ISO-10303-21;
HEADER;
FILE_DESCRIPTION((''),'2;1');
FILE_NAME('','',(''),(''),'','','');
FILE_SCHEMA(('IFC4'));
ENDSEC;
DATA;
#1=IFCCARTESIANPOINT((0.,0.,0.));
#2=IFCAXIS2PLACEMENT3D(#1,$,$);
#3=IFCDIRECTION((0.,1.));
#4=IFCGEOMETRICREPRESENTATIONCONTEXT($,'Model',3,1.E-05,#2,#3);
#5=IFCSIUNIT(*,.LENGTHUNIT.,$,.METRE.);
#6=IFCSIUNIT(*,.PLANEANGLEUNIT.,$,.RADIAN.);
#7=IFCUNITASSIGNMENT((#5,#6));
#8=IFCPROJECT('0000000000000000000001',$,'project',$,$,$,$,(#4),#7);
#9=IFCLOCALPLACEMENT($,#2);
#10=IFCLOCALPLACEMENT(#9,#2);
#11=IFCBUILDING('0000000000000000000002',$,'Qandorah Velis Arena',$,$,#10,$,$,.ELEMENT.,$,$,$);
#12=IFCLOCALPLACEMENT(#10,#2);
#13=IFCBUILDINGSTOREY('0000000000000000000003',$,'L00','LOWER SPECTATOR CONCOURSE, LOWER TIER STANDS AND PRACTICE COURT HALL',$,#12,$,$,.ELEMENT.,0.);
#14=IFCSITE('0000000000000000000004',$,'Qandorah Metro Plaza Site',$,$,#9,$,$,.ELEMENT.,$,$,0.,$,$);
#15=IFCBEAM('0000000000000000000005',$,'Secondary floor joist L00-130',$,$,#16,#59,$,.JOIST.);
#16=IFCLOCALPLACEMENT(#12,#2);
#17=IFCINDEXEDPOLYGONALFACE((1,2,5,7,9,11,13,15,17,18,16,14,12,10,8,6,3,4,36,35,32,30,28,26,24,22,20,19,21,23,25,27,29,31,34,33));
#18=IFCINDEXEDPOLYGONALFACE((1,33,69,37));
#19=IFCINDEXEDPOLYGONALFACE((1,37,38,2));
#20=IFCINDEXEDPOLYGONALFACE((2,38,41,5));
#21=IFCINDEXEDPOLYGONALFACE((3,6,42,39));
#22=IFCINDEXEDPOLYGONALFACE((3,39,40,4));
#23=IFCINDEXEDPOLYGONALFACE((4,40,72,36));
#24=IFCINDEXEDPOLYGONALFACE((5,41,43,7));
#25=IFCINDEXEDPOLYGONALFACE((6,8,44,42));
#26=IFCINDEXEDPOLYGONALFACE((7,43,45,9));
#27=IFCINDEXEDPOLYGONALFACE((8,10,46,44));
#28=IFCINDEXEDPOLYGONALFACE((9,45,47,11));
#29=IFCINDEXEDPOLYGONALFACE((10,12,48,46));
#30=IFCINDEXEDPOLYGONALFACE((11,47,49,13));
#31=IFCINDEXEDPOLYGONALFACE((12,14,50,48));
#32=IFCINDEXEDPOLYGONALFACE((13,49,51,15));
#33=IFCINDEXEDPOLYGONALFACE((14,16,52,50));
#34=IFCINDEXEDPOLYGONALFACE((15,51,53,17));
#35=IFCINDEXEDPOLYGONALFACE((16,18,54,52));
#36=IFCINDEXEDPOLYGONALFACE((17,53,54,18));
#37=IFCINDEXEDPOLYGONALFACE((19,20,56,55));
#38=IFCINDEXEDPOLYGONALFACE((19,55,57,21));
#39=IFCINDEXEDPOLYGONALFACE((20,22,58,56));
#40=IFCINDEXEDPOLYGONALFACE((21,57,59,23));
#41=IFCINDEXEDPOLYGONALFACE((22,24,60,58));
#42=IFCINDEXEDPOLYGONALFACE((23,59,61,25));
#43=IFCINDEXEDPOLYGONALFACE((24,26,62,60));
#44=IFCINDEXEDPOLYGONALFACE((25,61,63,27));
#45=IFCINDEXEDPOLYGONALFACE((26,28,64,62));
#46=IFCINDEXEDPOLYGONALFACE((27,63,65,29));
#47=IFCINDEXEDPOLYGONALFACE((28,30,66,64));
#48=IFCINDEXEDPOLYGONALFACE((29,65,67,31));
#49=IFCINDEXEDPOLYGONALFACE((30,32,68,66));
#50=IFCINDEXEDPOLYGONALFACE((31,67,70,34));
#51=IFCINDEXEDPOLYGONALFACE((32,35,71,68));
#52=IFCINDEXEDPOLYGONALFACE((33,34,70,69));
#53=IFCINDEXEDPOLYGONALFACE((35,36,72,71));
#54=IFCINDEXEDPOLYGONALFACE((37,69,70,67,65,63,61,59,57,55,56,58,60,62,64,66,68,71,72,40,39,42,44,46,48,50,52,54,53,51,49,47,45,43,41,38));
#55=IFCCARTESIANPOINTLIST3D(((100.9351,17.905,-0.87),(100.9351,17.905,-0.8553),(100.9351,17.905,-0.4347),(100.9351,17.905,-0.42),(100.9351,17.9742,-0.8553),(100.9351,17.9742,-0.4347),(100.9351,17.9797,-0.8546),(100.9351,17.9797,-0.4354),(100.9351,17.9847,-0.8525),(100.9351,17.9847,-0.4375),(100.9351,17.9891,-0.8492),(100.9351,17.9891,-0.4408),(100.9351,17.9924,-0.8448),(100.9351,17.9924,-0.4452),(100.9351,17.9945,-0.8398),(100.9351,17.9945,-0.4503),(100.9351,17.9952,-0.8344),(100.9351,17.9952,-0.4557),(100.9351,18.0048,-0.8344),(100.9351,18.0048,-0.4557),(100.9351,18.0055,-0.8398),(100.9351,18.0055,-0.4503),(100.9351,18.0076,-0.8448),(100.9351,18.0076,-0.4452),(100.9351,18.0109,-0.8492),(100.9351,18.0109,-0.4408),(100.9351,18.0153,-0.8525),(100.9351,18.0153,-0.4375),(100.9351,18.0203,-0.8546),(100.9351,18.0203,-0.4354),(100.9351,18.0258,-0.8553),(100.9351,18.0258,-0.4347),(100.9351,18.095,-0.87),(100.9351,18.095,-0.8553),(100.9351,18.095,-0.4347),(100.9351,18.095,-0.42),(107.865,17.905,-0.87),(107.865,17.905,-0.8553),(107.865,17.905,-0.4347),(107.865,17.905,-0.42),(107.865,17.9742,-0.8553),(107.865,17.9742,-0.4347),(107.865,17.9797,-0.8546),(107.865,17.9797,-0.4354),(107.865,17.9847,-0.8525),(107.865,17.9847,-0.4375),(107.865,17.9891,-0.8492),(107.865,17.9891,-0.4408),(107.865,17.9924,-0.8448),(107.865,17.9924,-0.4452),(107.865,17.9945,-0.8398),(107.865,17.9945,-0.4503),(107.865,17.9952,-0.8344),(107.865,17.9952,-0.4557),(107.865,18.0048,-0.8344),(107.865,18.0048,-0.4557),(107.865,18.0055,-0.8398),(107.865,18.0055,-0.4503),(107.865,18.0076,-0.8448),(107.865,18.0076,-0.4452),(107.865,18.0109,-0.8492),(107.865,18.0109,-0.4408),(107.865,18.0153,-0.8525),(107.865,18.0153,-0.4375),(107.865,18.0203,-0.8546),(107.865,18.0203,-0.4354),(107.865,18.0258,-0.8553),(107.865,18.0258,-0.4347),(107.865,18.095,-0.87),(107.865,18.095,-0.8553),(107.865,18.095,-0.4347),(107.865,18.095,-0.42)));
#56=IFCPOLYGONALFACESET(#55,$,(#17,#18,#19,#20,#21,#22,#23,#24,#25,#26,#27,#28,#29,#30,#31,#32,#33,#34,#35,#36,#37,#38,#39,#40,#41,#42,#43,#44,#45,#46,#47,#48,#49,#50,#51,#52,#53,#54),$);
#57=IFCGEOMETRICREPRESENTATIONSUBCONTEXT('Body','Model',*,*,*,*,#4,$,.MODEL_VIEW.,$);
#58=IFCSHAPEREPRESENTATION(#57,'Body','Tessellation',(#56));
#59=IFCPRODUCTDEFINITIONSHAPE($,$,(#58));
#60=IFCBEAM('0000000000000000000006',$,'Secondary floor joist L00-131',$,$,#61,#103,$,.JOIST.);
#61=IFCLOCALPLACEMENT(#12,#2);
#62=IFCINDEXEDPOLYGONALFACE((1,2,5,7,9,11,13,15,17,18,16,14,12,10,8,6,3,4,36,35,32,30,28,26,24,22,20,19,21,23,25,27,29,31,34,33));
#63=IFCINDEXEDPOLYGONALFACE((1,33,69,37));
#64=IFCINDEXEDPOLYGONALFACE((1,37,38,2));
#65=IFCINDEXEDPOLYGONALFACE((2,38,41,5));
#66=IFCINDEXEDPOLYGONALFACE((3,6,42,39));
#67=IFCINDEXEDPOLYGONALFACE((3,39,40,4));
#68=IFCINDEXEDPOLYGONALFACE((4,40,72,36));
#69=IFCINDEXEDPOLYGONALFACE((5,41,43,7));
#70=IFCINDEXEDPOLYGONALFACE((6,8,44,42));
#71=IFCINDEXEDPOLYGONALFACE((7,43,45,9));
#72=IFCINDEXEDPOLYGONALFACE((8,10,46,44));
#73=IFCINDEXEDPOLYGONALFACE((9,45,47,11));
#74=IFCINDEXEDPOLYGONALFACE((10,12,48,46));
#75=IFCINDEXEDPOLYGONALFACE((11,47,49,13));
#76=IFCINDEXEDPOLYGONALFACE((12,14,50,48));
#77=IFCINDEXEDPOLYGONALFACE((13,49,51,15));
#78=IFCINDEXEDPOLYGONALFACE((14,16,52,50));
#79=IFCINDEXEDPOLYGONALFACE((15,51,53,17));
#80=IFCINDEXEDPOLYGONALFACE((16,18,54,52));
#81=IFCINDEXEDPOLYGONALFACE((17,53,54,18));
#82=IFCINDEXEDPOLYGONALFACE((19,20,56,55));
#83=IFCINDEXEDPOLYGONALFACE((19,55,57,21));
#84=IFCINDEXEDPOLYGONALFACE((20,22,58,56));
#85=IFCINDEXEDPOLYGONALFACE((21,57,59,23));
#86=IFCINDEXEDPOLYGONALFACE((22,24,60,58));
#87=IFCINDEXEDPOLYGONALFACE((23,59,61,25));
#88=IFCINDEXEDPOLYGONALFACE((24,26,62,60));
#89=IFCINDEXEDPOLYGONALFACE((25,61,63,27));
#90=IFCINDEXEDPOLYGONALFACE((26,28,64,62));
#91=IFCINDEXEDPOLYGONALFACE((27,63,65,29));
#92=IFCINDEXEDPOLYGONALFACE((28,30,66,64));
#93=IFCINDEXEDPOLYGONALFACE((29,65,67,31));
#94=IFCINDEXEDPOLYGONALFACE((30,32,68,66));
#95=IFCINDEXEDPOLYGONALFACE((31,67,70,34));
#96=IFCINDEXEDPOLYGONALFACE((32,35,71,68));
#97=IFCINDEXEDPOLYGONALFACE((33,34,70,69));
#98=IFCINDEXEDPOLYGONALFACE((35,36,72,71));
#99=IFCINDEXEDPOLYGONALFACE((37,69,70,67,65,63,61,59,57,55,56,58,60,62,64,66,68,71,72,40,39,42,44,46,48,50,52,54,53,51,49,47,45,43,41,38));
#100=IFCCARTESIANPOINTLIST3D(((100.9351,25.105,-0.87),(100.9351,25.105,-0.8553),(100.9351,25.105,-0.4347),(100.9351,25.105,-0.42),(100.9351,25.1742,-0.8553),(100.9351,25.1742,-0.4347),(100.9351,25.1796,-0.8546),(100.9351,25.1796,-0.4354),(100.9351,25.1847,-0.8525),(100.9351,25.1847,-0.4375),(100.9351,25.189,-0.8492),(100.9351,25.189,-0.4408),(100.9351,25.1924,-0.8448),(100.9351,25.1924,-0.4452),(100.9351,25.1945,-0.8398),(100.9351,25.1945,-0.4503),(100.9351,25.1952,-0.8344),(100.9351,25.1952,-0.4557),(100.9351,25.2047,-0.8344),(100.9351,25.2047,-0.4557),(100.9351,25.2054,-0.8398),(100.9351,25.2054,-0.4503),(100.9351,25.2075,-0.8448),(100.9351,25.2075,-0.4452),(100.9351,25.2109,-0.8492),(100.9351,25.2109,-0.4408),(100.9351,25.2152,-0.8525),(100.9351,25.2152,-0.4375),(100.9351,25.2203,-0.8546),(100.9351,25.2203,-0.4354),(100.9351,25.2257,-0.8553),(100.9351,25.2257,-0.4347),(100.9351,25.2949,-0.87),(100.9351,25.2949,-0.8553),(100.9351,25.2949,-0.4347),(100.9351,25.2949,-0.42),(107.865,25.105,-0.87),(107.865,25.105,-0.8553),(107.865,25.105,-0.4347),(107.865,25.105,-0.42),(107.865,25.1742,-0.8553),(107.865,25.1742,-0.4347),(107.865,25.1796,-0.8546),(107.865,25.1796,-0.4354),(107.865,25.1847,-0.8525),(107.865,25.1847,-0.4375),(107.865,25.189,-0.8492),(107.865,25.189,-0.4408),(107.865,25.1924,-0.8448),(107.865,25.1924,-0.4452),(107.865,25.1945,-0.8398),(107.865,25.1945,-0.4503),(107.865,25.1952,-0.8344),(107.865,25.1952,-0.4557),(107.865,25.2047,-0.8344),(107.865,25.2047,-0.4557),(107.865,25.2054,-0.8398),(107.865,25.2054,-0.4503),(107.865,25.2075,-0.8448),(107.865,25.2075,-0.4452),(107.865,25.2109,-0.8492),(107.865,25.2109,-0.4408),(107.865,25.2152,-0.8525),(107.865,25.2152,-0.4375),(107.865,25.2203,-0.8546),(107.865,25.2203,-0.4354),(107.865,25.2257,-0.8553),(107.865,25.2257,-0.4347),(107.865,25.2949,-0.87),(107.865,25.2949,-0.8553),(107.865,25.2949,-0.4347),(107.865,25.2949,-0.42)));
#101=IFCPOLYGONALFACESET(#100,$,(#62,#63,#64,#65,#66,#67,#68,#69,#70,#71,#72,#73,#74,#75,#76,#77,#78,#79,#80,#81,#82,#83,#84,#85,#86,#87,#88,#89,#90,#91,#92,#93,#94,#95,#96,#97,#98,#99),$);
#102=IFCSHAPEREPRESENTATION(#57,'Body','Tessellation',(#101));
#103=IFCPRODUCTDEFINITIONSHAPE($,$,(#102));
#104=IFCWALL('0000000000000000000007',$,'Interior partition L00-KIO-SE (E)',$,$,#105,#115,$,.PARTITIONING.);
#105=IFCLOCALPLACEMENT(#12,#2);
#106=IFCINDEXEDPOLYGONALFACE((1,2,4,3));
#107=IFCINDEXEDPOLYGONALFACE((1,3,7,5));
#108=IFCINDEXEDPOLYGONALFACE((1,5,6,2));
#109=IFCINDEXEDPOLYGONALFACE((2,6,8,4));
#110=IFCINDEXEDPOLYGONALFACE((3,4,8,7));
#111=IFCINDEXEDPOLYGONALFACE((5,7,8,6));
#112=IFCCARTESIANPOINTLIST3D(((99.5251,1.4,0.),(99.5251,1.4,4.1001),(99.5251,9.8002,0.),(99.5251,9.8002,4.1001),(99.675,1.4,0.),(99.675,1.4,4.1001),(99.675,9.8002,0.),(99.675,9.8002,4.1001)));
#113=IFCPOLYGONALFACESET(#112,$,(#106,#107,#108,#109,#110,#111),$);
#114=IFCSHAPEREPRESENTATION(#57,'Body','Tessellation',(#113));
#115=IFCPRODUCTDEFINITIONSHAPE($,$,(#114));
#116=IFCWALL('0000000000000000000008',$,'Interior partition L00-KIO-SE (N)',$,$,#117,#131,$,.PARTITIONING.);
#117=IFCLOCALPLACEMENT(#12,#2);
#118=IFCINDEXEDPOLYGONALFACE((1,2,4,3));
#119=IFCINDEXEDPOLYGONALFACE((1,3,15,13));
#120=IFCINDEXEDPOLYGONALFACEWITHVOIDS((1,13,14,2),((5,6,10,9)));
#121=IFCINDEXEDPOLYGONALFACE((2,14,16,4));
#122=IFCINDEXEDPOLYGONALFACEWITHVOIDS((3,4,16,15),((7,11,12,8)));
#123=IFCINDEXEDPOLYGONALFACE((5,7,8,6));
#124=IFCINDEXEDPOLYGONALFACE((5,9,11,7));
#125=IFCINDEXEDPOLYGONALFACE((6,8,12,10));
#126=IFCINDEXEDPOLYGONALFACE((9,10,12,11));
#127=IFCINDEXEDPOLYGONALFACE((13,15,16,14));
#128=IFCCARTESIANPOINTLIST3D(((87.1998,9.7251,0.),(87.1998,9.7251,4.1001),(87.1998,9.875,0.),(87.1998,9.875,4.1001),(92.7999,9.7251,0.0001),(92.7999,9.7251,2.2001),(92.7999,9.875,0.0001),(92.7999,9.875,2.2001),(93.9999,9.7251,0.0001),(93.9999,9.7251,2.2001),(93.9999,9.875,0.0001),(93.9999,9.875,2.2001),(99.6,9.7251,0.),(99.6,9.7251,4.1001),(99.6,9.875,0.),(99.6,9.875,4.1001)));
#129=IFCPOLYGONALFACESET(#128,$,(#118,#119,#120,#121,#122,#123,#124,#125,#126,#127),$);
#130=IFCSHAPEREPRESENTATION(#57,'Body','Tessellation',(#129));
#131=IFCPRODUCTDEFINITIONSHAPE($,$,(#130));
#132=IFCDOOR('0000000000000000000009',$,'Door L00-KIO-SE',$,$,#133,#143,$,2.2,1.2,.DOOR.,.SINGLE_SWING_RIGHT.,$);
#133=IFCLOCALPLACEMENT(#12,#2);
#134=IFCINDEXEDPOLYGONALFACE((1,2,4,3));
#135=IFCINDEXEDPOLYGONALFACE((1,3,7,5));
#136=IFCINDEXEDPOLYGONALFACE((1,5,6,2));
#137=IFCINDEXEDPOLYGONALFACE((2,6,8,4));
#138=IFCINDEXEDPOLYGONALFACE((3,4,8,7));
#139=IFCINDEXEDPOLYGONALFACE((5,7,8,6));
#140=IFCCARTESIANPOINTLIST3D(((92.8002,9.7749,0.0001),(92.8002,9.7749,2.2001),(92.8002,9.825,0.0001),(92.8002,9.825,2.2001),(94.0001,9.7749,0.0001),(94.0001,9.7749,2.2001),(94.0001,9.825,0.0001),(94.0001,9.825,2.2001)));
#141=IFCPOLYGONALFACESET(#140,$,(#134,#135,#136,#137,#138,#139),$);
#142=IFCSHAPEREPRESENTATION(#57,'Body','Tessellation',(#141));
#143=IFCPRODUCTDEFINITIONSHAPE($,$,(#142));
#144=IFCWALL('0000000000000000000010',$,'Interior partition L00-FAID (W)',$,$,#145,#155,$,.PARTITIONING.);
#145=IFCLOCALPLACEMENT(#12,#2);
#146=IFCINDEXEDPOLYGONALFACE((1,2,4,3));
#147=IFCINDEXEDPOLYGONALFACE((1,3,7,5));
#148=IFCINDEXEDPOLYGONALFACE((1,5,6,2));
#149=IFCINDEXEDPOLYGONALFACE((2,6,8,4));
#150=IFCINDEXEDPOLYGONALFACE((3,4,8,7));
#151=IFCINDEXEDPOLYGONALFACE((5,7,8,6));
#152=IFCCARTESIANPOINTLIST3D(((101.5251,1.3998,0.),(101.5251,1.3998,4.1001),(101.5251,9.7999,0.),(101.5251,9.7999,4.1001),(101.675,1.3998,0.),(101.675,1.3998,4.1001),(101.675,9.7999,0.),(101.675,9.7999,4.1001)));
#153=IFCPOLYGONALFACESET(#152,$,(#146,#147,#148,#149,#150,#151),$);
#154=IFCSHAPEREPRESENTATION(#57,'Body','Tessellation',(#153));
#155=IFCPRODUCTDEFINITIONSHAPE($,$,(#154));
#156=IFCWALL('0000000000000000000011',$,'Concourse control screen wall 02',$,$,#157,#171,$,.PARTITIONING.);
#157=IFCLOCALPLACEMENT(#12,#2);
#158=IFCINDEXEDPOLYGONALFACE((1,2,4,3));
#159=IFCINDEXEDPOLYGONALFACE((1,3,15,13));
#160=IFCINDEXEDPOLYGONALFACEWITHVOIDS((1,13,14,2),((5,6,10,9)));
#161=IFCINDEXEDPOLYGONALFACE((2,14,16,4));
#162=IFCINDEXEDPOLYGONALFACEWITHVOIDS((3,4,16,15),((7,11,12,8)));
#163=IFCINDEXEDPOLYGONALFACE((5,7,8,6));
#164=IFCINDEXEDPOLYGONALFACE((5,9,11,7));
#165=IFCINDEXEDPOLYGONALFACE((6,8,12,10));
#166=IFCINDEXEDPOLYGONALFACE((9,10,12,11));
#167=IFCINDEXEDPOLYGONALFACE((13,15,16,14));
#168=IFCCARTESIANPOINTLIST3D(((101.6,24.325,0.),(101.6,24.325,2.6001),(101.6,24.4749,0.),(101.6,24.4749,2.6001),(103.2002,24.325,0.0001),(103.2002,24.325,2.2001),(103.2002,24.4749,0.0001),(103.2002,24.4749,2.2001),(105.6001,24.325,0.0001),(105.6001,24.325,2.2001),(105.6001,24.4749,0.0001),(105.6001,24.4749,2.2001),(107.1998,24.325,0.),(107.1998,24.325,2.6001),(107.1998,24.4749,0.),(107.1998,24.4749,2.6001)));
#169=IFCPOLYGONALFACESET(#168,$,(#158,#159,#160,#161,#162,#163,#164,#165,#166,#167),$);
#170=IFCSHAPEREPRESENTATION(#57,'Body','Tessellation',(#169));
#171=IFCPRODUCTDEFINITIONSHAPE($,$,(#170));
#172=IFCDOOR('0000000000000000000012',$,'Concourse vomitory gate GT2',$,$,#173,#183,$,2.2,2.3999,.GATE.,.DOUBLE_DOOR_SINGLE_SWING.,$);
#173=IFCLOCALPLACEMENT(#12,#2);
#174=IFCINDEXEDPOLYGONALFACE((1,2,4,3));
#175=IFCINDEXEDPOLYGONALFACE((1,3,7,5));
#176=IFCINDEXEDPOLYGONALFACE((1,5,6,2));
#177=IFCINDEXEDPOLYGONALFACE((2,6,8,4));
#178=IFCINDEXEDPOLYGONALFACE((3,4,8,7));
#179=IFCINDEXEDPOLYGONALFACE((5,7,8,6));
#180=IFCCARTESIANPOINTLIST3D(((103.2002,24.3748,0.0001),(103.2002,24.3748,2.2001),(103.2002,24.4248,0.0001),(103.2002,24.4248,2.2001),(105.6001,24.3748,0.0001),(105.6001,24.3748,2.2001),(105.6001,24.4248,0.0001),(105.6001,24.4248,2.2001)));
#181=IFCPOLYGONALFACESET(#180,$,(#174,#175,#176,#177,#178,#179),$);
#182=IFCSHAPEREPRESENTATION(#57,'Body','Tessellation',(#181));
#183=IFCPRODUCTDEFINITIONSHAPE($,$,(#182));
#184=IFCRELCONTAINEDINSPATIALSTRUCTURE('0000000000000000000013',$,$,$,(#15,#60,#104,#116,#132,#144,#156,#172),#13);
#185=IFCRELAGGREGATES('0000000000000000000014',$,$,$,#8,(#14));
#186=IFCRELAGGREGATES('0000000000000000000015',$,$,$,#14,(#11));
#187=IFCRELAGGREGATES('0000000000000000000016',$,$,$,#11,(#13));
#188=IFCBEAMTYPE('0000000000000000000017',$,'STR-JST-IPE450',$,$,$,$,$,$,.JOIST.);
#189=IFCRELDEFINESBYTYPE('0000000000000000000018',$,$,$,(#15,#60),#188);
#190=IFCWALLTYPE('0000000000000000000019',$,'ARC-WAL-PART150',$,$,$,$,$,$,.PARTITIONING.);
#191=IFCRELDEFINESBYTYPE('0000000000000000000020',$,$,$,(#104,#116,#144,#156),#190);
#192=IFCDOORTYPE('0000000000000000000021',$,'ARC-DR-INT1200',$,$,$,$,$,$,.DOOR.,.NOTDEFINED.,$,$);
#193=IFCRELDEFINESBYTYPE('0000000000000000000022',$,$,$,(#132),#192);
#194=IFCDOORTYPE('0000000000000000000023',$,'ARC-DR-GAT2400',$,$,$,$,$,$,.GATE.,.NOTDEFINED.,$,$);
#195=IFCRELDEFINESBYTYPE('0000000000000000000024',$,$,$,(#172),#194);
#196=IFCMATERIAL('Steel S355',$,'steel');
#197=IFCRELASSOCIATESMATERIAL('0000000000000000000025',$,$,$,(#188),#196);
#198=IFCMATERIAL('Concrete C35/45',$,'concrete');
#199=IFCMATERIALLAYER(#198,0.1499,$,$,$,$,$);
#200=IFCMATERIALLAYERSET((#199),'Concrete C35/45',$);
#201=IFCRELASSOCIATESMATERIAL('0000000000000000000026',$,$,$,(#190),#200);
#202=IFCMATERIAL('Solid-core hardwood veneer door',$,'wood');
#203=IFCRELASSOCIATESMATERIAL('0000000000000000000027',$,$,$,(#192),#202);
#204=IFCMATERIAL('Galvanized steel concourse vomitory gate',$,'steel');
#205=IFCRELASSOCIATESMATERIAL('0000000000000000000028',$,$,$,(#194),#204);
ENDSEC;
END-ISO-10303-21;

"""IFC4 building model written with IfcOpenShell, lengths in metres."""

from ifc_helpers import new_model, si_unit, direction, frame, frame_2d, origin, origin_2d, place, context, subcontext, project, spatial, rectangle, i_section, extrude, material, layer, layer_set, material_profile, profile_set, type_object, element, fill, save


model = new_model("IFC4")

# Units and contexts
model_context = context("Model", 3, precision=1e-05, world=origin(), true_north=direction((0.0, 1.0)))
body_context = subcontext(model_context, "Body", "Model", "MODEL_VIEW")
ifc_project = project(units=[si_unit("LENGTHUNIT", "METRE"), si_unit("PLANEANGLEUNIT", "RADIAN")], contexts=[model_context])

# Site, building, storey
site_placement = place(None, origin())
site = spatial("IfcSite", under=ifc_project, at=site_placement, Name="Qandorah Metro Plaza Site", CompositionType="ELEMENT", RefElevation=0.0)
building_placement = place(site_placement, origin())
building = spatial("IfcBuilding", under=site, at=building_placement, Name="Qandorah Velis Arena", CompositionType="ELEMENT")
storey_placement = place(building_placement, origin())
storey = spatial("IfcBuildingStorey", under=building, at=storey_placement, Name="L00", Description="LOWER SPECTATOR CONCOURSE, LOWER TIER STANDS AND PRACTICE COURT HALL", CompositionType="ELEMENT", Elevation=0.0)

# Beams
ifc_material_1 = material(Name="Steel S355", Category="steel")
ifc_material_profile_1 = material_profile(ifc_material_1, i_section(OverallWidth=0.1899, OverallDepth=0.45, WebThickness=0.0095, FlangeThickness=0.0146, FilletRadius=0.021, at=origin_2d()), Name="IPE 450")
ifc_profile_set_1 = profile_set([ifc_material_profile_1], Name="Steel S355")
beam_type_1 = type_object("IfcBeamType", Name="STR-JST-IPE450", PredefinedType="JOIST", material=ifc_profile_set_1)
for number, where, z_axis, x_axis, name in (
    (1, (100.9351, 18.0, -0.645), (1.0, 0.0, 0.0), (0.0, 1.0, 0.0), "Secondary floor joist L00-130"),
    (2, (100.9351, 25.2, -0.645), (1.0, 0.0, 0.0), (0.0, 1.0, 0.0), "Secondary floor joist L00-131"),
):
    element("IfcBeam", number, at=place(storey_placement, frame(where, z_axis=z_axis, x_axis=x_axis)), inside=storey, type_object=beam_type_1, Name=name, PredefinedType="JOIST", context=body_context, shape_type="SweptSolid", body=[
        extrude(i_section(OverallWidth=0.1899, OverallDepth=0.45, WebThickness=0.0095, FlangeThickness=0.0146, FilletRadius=0.021, at=origin_2d()), origin(), (0.0, 0.0, 1.0), 6.9299),
    ])

# Wall
ifc_material_2 = material(Name="Concrete C35/45", Category="concrete")
ifc_layer = layer(ifc_material_2, 0.1499)
ifc_layer_set = layer_set([ifc_layer], Name="Concrete C35/45")
wall_type = type_object("IfcWallType", Name="ARC-WAL-PART150", PredefinedType="PARTITIONING", material=ifc_layer_set)
wall_1_placement = place(storey_placement, frame((99.6001, 1.3999, 0.0), z_axis=(0.0, 0.0, 1.0), x_axis=(0.0, 1.0, 0.0)))
element("IfcWall", 3, at=wall_1_placement, inside=storey, type_object=wall_type, Name="Interior partition L00-KIO-SE (E)", PredefinedType="PARTITIONING", context=body_context, shape_type="SweptSolid", body=[
    extrude(rectangle(XDim=8.4001, YDim=0.1499, at=frame_2d((4.2002, 0.0))), origin(), (0.0, 0.0, 1.0), 4.1001),
])

# Wall, opening, door
wall_2_placement = place(storey_placement, frame((99.6001, 9.8, 0.0), z_axis=(0.0, 0.0, 1.0), x_axis=(-1.0, 0.0, 0.0)))
wall_2 = element("IfcWall", 4, at=wall_2_placement, inside=storey, type_object=wall_type, Name="Interior partition L00-KIO-SE (N)", PredefinedType="PARTITIONING", context=body_context, shape_type="SweptSolid", body=[
    extrude(rectangle(XDim=12.4001, YDim=0.1499, at=frame_2d((6.2002, 0.0))), origin(), (0.0, 0.0, 1.0), 4.1001),
])
opening_1_placement = place(wall_2_placement, frame((5.6001, 0.0, 0.0)))
opening_1 = element("IfcOpeningElement", 5, at=opening_1_placement, cuts=wall_2, PredefinedType="OPENING", context=body_context, shape_type="SweptSolid", body=[
    extrude(rectangle(XDim=1.2, YDim=2.2, at=frame_2d((0.6001, 1.1001))), frame((0.0, 0.085, 0.0), z_axis=(0.0, -1.0, 0.0), x_axis=(1.0, 0.0, 0.0)), (0.0, 0.0, 1.0), 0.1699),
])
ifc_material_3 = material(Name="Solid-core hardwood veneer door", Category="wood")
door_type_1 = type_object("IfcDoorType", Name="ARC-DR-INT1200", OperationType="NOTDEFINED", PredefinedType="DOOR", material=ifc_material_3)
door_1_placement = place(opening_1_placement, frame((1.2, 0.0, 0.0), z_axis=(0.0, 0.0, 1.0), x_axis=(-1.0, 0.0, 0.0)))
door_1 = element("IfcDoor", 6, at=door_1_placement, inside=storey, type_object=door_type_1, Name="Door L00-KIO-SE", OperationType="SINGLE_SWING_RIGHT", OverallHeight=2.2, OverallWidth=1.2, PredefinedType="DOOR", context=body_context, shape_type="SweptSolid", body=[
    extrude(rectangle(XDim=1.2, YDim=2.2, at=frame_2d((0.6001, 1.1001))), frame((0.0, 0.0249, 0.0), z_axis=(0.0, -1.0, 0.0), x_axis=(1.0, 0.0, 0.0)), (0.0, 0.0, 1.0), 0.05),
])
fill(opening_1, door_1)

# Wall
wall_3_placement = place(storey_placement, frame((101.6001, 9.8, 0.0), z_axis=(0.0, 0.0, 1.0), x_axis=(0.0, -1.0, 0.0)))
element("IfcWall", 7, at=wall_3_placement, inside=storey, type_object=wall_type, Name="Interior partition L00-FAID (W)", PredefinedType="PARTITIONING", context=body_context, shape_type="SweptSolid", body=[
    extrude(rectangle(XDim=8.4001, YDim=0.1499, at=frame_2d((4.2002, 0.0))), origin(), (0.0, 0.0, 1.0), 4.1001),
])

# Wall, opening, door
wall_4_placement = place(storey_placement, frame((101.6001, 24.3999, 0.0), z_axis=(0.0, 0.0, 1.0), x_axis=(1.0, 0.0, 0.0)))
wall_4 = element("IfcWall", 8, at=wall_4_placement, inside=storey, type_object=wall_type, Name="Concourse control screen wall 02", PredefinedType="PARTITIONING", context=body_context, shape_type="SweptSolid", body=[
    extrude(rectangle(XDim=5.5999, YDim=0.1499, at=frame_2d((2.7998, 0.0))), origin(), (0.0, 0.0, 1.0), 2.6001),
])
opening_2_placement = place(wall_4_placement, frame((1.6001, 0.0, 0.0)))
opening_2 = element("IfcOpeningElement", 9, at=opening_2_placement, cuts=wall_4, PredefinedType="OPENING", context=body_context, shape_type="SweptSolid", body=[
    extrude(rectangle(XDim=2.3999, YDim=2.2, at=frame_2d((1.2, 1.1001))), frame((0.0, 0.085, 0.0), z_axis=(0.0, -1.0, 0.0), x_axis=(1.0, 0.0, 0.0)), (0.0, 0.0, 1.0), 0.1699),
])
ifc_material_4 = material(Name="Galvanized steel concourse vomitory gate", Category="steel")
door_type_2 = type_object("IfcDoorType", Name="ARC-DR-GAT2400", OperationType="NOTDEFINED", PredefinedType="GATE", material=ifc_material_4)
door_2_placement = place(opening_2_placement, origin())
door_2 = element("IfcDoor", 10, at=door_2_placement, inside=storey, type_object=door_type_2, Name="Concourse vomitory gate GT2", OperationType="DOUBLE_DOOR_SINGLE_SWING", OverallHeight=2.2, OverallWidth=2.3999, PredefinedType="GATE", context=body_context, shape_type="SweptSolid", body=[
    extrude(rectangle(XDim=2.3999, YDim=2.2, at=frame_2d((1.2, 1.1001))), frame((0.0, 0.0249, 0.0), z_axis=(0.0, -1.0, 0.0), x_axis=(1.0, 0.0, 0.0)), (0.0, 0.0, 1.0), 0.05),
])
fill(opening_2, door_2)

save(model, "model.ifc")
